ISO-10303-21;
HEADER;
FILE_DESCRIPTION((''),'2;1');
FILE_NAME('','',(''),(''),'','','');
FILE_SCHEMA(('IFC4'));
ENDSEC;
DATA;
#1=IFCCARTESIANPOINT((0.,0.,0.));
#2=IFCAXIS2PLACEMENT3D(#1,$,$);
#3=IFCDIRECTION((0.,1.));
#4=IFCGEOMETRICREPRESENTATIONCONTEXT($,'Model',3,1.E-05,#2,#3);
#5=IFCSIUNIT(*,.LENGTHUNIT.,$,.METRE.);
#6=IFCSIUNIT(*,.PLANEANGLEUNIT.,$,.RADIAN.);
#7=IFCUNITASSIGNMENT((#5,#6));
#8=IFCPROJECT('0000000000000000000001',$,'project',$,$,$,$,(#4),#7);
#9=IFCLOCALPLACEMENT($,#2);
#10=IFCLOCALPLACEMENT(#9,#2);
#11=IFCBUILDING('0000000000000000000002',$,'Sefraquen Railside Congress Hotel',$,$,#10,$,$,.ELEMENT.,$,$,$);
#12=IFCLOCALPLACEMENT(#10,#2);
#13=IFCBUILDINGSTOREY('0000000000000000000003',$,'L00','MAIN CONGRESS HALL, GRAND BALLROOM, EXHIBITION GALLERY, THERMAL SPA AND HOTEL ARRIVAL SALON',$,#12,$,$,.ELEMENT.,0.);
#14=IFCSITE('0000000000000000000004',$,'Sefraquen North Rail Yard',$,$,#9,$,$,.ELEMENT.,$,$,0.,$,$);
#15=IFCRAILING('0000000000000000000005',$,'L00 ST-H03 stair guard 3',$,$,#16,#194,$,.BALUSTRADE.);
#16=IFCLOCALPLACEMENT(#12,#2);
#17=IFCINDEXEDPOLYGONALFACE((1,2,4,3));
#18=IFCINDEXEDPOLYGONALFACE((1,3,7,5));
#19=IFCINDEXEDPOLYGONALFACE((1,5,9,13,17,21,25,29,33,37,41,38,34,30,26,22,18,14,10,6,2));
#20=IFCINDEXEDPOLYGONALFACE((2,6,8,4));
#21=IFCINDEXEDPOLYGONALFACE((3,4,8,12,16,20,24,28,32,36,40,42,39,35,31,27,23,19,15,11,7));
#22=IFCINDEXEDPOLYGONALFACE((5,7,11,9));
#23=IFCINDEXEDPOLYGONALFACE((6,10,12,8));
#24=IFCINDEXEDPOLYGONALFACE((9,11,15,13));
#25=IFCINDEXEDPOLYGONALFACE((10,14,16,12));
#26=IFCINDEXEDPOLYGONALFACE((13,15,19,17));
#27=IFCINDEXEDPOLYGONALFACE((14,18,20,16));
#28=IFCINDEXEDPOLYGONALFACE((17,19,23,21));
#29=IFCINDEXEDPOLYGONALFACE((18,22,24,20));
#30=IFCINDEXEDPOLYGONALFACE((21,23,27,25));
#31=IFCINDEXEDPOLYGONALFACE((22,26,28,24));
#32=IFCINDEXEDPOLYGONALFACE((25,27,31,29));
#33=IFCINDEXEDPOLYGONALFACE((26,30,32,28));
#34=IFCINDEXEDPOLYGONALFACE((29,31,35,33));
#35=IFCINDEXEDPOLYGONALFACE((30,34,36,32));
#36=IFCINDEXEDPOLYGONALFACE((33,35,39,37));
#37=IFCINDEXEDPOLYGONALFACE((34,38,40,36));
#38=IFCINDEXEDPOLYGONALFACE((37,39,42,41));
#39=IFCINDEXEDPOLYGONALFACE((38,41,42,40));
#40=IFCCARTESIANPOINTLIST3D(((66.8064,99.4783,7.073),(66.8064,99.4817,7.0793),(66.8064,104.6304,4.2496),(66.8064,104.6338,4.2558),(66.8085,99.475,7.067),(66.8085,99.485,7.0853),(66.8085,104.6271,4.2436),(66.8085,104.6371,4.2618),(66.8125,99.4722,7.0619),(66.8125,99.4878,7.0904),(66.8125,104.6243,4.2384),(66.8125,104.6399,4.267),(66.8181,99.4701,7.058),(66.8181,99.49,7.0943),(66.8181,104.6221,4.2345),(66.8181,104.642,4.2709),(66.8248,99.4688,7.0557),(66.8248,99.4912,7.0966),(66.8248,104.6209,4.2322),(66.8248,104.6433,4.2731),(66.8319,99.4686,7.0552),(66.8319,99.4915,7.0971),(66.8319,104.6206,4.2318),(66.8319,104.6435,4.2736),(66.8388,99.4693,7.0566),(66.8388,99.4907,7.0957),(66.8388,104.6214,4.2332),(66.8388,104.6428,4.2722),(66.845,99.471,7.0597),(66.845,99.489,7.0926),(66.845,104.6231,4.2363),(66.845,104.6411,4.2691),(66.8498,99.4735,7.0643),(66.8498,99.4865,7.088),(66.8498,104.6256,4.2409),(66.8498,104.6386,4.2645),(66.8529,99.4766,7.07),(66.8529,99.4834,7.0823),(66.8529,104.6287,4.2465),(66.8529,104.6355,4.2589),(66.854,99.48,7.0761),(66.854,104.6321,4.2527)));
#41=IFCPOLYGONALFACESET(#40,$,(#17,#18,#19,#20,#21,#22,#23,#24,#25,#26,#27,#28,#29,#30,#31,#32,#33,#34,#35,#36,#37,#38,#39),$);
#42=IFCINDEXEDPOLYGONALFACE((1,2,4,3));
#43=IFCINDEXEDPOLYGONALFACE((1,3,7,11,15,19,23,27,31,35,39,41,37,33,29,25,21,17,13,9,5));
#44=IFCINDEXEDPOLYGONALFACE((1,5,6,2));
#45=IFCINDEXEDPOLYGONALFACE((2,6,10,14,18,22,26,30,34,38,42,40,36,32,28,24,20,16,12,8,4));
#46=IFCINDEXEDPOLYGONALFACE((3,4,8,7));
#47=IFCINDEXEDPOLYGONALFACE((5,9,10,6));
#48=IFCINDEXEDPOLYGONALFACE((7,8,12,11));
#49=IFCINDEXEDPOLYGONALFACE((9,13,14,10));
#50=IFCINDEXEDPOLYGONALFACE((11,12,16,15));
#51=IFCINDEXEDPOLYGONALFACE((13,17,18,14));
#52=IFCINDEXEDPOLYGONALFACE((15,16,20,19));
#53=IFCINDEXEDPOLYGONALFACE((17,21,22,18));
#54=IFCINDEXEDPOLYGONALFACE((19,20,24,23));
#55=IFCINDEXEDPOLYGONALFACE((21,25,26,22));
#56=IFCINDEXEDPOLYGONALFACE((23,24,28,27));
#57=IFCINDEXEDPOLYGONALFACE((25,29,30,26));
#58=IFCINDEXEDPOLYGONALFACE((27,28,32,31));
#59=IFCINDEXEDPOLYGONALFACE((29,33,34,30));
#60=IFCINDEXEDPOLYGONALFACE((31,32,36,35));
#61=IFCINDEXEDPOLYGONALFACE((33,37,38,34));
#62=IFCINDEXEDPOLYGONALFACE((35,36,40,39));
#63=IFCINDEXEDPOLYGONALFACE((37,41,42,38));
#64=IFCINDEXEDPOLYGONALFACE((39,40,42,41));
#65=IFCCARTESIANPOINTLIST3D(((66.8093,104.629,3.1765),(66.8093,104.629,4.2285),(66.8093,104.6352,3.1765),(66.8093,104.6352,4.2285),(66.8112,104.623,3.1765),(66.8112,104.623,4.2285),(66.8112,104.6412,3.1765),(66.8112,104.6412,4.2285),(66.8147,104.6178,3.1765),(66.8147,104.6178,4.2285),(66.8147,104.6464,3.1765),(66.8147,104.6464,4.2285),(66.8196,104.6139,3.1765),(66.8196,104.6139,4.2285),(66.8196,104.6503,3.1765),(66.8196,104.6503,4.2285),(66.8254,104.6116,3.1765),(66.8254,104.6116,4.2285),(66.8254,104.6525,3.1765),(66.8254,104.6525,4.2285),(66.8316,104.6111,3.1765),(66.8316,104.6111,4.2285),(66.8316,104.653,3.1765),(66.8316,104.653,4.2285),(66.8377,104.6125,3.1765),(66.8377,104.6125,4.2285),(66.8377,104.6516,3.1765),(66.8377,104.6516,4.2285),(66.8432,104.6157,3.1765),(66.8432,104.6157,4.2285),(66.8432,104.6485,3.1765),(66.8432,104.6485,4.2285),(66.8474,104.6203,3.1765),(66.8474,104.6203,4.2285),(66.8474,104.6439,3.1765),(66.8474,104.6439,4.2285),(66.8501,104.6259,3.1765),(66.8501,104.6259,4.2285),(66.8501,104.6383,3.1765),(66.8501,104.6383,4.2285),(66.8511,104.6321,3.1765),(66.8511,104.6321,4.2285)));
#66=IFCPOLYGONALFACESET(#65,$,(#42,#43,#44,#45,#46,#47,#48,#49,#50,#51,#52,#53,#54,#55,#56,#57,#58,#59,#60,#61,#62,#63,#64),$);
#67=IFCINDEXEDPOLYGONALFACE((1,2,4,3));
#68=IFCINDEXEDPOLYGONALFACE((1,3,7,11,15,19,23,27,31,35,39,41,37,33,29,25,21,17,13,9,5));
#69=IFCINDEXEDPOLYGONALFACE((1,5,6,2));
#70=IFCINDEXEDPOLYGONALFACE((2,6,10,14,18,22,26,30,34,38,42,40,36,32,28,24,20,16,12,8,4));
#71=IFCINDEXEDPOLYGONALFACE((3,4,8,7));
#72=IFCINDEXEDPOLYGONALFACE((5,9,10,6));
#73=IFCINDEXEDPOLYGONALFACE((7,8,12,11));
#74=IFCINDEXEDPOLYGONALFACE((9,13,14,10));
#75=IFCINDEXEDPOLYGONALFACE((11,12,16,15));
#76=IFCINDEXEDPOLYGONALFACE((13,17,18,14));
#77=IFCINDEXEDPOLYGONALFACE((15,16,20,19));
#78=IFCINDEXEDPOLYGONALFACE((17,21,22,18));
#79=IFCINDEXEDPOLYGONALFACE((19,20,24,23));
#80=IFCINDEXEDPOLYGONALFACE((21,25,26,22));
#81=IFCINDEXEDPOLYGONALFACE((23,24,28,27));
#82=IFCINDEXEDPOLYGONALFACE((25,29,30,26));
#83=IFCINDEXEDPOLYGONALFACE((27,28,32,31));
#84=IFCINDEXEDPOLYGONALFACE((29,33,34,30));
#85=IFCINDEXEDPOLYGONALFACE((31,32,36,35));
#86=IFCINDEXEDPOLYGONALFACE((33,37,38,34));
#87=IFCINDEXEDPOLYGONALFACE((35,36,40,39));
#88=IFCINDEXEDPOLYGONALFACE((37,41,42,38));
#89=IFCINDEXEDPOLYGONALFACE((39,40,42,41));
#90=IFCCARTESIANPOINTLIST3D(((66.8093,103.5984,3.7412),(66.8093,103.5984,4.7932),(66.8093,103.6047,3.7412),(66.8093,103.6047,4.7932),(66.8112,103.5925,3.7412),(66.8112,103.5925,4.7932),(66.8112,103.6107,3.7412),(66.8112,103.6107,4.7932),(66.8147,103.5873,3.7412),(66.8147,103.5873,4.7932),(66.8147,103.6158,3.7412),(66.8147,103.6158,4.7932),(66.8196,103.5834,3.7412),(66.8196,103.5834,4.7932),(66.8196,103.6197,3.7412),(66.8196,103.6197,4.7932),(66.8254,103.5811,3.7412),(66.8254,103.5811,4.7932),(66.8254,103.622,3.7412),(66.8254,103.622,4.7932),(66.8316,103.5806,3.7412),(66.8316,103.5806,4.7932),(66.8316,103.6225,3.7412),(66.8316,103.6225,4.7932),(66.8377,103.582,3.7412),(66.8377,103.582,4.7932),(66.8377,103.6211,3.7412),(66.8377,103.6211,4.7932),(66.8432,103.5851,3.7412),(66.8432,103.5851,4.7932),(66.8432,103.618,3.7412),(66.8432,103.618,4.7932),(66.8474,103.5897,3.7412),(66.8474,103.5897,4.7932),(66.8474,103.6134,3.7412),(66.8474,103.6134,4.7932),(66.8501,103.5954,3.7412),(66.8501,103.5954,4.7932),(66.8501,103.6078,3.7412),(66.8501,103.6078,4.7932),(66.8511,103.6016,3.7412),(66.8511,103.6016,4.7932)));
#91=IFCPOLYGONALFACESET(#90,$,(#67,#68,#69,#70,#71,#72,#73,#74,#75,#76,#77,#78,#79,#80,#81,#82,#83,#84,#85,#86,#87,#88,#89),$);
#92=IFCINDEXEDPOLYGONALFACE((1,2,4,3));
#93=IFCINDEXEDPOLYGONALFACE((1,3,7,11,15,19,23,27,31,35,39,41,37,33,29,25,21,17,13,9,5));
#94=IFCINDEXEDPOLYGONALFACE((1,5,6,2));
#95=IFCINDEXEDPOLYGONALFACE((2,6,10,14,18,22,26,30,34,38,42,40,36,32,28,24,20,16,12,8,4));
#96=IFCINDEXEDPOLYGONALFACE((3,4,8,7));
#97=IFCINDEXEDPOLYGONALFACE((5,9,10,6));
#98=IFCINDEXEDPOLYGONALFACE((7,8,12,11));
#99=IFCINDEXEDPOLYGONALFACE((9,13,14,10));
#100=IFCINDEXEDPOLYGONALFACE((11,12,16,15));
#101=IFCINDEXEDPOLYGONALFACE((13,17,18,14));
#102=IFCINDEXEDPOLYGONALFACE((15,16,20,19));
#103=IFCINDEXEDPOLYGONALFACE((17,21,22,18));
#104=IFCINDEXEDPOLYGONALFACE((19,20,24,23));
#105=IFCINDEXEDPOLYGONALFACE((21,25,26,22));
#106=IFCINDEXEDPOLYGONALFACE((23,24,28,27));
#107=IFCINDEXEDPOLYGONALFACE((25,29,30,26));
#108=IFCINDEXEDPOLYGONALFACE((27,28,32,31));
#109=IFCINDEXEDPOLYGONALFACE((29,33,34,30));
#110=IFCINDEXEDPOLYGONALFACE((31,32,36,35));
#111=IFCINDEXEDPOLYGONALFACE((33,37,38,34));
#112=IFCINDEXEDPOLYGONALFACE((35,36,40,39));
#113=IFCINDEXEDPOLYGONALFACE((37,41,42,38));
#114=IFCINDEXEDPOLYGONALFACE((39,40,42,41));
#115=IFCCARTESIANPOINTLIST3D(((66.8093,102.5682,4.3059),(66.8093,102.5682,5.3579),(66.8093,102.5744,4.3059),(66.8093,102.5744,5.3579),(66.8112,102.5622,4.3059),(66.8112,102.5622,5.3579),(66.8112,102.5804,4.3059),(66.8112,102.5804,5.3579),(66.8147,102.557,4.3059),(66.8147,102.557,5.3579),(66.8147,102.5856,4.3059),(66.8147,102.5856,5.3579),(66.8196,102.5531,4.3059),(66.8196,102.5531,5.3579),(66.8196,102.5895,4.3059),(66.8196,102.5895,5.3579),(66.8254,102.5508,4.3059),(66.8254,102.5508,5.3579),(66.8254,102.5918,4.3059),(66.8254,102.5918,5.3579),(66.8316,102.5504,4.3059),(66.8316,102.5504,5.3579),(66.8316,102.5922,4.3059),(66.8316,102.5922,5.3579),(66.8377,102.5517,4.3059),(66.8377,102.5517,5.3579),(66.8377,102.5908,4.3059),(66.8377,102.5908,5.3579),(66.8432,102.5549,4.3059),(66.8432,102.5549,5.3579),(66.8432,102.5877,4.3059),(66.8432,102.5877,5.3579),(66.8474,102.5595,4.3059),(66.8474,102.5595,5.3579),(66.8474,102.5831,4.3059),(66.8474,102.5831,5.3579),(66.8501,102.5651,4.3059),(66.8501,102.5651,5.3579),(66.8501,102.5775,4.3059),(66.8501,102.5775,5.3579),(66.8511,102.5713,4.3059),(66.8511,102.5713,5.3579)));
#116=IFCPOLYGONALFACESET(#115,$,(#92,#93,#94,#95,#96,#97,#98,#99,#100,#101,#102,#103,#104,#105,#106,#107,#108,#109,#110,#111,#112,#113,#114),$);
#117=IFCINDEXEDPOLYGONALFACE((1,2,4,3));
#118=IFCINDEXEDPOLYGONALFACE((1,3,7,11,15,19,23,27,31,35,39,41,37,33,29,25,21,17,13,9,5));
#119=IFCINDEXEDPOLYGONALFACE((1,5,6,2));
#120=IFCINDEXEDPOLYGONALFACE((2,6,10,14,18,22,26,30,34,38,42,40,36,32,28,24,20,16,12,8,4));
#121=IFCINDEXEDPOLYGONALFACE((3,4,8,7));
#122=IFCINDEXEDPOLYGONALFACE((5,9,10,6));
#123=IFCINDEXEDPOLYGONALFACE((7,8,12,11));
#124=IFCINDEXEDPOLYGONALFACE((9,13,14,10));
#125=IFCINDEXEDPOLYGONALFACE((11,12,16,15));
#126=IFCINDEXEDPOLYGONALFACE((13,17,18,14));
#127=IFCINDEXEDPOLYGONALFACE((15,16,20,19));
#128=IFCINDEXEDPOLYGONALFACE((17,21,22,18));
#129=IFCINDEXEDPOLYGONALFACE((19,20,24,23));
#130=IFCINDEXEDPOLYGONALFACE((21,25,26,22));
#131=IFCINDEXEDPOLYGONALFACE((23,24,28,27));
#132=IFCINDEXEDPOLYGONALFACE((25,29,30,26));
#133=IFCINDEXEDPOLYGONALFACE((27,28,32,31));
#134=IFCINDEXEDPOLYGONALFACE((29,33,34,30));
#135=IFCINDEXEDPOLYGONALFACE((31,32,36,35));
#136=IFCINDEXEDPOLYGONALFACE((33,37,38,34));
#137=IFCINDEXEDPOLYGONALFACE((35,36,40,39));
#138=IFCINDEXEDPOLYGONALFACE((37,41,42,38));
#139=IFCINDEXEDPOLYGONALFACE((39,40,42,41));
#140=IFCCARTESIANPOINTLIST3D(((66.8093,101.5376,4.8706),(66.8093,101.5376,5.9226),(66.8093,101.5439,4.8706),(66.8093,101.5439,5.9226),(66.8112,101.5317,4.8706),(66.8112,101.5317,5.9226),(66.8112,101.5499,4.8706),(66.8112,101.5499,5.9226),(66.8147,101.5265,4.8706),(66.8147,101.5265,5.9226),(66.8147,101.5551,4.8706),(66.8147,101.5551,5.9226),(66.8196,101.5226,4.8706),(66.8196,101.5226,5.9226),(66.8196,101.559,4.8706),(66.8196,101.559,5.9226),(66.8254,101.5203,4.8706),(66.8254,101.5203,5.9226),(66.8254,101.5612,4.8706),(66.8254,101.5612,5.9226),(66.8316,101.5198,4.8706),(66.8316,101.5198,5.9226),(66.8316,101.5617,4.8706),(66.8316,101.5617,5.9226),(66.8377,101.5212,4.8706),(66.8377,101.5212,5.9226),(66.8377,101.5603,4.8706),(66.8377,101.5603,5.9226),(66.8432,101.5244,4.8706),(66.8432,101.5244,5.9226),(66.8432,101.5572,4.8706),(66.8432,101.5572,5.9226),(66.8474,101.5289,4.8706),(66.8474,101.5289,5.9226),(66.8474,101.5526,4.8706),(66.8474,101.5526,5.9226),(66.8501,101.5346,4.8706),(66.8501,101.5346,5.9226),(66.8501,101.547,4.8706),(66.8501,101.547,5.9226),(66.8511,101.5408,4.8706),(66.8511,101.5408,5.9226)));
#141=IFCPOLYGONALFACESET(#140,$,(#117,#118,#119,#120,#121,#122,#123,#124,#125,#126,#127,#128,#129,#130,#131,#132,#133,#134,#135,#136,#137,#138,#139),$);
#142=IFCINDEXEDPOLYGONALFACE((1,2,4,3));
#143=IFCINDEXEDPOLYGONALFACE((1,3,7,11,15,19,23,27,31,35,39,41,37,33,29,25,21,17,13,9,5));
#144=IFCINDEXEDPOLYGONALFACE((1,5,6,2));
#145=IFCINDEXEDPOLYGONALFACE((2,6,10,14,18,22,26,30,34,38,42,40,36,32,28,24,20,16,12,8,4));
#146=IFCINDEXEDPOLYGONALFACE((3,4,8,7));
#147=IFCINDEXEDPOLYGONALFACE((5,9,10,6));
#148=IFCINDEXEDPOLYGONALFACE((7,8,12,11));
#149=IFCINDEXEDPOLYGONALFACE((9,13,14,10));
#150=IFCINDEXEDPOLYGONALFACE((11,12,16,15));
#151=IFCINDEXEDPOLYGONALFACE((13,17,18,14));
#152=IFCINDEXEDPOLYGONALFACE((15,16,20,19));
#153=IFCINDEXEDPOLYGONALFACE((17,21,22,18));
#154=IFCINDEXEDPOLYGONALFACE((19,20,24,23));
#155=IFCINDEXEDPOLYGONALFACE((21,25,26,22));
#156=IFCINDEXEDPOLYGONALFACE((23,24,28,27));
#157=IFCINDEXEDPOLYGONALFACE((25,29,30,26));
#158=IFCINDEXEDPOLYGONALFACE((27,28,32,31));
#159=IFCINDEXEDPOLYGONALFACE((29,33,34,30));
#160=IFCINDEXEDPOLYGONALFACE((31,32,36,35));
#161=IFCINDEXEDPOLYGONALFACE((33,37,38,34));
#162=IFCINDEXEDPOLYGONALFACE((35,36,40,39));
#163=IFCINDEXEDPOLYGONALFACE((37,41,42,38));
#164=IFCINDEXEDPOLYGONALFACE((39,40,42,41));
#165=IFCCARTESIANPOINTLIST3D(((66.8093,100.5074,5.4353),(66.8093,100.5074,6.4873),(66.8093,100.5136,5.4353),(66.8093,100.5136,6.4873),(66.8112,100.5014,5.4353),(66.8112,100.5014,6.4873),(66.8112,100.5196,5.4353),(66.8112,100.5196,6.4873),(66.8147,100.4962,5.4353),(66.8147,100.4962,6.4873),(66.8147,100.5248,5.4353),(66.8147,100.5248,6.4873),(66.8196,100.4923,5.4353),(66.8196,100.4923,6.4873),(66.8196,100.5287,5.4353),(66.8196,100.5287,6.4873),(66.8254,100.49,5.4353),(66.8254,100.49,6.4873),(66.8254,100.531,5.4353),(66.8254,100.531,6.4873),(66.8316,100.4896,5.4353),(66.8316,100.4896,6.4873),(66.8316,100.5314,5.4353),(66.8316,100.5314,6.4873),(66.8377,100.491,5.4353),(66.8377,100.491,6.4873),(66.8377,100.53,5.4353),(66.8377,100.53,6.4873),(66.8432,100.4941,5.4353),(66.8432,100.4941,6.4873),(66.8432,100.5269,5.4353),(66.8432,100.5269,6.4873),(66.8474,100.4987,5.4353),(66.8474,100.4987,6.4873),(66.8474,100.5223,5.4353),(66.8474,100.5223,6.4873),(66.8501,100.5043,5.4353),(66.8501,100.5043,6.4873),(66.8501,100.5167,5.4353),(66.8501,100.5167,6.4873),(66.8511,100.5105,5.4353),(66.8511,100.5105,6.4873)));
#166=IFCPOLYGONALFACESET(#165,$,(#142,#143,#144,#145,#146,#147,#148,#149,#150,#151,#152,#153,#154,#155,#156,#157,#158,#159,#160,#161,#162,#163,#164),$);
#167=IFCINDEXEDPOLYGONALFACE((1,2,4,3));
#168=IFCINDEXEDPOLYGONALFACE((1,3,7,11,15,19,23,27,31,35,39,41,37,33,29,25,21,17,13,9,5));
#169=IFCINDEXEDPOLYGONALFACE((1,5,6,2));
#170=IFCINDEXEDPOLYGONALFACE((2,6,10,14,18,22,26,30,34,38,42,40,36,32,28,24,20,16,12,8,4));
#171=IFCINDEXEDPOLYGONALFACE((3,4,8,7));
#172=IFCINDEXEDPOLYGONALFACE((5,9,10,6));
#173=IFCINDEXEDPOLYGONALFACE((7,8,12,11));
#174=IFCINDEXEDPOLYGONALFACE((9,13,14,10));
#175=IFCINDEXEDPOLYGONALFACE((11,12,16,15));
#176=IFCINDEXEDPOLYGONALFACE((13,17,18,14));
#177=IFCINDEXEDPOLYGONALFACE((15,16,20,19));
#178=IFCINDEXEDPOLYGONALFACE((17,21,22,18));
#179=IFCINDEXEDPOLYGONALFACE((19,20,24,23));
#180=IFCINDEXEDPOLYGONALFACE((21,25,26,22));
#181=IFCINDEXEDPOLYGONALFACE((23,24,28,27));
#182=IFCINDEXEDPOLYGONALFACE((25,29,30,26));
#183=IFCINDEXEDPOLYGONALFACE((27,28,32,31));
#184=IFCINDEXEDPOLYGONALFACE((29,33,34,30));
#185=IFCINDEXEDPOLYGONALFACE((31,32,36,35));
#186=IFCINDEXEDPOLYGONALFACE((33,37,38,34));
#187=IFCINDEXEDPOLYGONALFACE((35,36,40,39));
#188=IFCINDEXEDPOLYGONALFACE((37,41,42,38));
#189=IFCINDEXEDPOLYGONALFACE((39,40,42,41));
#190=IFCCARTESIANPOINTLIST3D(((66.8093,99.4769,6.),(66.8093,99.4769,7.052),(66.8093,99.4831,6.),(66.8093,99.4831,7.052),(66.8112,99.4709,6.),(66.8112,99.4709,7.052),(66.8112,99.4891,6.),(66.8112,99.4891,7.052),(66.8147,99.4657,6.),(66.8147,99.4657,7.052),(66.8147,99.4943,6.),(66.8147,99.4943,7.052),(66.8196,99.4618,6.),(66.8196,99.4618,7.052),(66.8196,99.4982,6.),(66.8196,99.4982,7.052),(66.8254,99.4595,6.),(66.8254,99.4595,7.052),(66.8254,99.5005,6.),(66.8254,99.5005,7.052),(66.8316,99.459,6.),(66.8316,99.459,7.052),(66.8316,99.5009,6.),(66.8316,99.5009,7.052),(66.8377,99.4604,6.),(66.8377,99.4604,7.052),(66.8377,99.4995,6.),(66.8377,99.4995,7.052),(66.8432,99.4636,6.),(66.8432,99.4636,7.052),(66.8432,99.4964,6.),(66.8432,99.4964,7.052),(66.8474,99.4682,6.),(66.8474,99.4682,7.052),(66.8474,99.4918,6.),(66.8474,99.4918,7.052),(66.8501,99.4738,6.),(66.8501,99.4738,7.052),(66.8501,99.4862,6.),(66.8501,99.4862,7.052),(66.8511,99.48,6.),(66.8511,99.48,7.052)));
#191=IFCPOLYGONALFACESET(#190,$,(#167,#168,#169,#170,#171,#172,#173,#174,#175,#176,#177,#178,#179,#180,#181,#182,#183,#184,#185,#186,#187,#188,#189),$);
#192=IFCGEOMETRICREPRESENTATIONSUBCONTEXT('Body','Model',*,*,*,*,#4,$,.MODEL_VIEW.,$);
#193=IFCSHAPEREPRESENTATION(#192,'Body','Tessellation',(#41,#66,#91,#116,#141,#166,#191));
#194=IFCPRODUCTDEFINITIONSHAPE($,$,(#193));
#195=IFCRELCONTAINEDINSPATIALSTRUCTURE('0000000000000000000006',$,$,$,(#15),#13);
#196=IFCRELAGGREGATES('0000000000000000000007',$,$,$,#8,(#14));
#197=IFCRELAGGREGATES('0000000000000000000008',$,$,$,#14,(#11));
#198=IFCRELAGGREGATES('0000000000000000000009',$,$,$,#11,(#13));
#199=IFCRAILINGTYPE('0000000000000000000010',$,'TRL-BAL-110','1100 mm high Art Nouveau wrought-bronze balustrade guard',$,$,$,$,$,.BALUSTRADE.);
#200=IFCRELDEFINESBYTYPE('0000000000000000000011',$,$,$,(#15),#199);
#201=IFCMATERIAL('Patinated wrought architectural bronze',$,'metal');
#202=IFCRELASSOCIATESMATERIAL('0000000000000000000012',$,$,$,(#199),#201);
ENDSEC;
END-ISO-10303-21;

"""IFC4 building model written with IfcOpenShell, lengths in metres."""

from ifc_helpers import new_model, si_unit, direction, frame, origin, origin_2d, place, context, subcontext, project, spatial, circle, extrude, material, type_object, element, save


model = new_model("IFC4")

# Units and contexts
model_context = context("Model", 3, precision=1e-05, world=origin(), true_north=direction((0.0, 1.0)))
body_context = subcontext(model_context, "Body", "Model", "MODEL_VIEW")
ifc_project = project(units=[si_unit("LENGTHUNIT", "METRE"), si_unit("PLANEANGLEUNIT", "RADIAN")], contexts=[model_context])

# Site, building, storey
site_placement = place(None, origin())
site = spatial("IfcSite", under=ifc_project, at=site_placement, Name="Sefraquen North Rail Yard", CompositionType="ELEMENT", RefElevation=0.0)
building_placement = place(site_placement, origin())
building = spatial("IfcBuilding", under=site, at=building_placement, Name="Sefraquen Railside Congress Hotel", CompositionType="ELEMENT")
storey_placement = place(building_placement, origin())
storey = spatial("IfcBuildingStorey", under=building, at=storey_placement, Name="L00", Description="MAIN CONGRESS HALL, GRAND BALLROOM, EXHIBITION GALLERY, THERMAL SPA AND HOTEL ARRIVAL SALON", CompositionType="ELEMENT", Elevation=0.0)

# Railing
ifc_material_1 = material(Name="Patinated wrought architectural bronze", Category="metal")
railing_type_1 = type_object("IfcRailingType", Name="TRL-BAL-110", Description="1100 mm high Art Nouveau wrought-bronze balustrade guard", PredefinedType="BALUSTRADE", material=ifc_material_1)
railing_1_placement = place(storey_placement, frame((66.8301, 104.6321, 3.1765)))
element("IfcRailing", 1, at=railing_1_placement, inside=storey, type_object=railing_type_1, Name="L00 ST-H03 stair guard 3", PredefinedType="BALUSTRADE", context=body_context, shape_type="SweptSolid", body=[
    extrude(circle(Radius=0.0239, at=origin_2d()), frame((0.0, 0.0, 1.0762), z_axis=(0.0, -0.876946, 0.480589), x_axis=(1.0, 0.0, 0.0)), (0.0, 0.0, 1.0), 5.875),
    extrude(circle(Radius=0.021, at=origin_2d()), origin(), (0.0, 0.0, 1.0), 1.052),
    extrude(circle(Radius=0.021, at=origin_2d()), frame((0.0, -1.0305, 0.5647)), (0.0, 0.0, 1.0), 1.052),
    extrude(circle(Radius=0.021, at=origin_2d()), frame((0.0, -2.0608, 1.1294)), (0.0, 0.0, 1.0), 1.052),
    extrude(circle(Radius=0.021, at=origin_2d()), frame((0.0, -3.0913, 1.6941)), (0.0, 0.0, 1.0), 1.052),
    extrude(circle(Radius=0.021, at=origin_2d()), frame((0.0, -4.1216, 2.2588)), (0.0, 0.0, 1.0), 1.052),
    extrude(circle(Radius=0.021, at=origin_2d()), frame((0.0, -5.1521, 2.8235)), (0.0, 0.0, 1.0), 1.052),
])

save(model, "model.ifc")
